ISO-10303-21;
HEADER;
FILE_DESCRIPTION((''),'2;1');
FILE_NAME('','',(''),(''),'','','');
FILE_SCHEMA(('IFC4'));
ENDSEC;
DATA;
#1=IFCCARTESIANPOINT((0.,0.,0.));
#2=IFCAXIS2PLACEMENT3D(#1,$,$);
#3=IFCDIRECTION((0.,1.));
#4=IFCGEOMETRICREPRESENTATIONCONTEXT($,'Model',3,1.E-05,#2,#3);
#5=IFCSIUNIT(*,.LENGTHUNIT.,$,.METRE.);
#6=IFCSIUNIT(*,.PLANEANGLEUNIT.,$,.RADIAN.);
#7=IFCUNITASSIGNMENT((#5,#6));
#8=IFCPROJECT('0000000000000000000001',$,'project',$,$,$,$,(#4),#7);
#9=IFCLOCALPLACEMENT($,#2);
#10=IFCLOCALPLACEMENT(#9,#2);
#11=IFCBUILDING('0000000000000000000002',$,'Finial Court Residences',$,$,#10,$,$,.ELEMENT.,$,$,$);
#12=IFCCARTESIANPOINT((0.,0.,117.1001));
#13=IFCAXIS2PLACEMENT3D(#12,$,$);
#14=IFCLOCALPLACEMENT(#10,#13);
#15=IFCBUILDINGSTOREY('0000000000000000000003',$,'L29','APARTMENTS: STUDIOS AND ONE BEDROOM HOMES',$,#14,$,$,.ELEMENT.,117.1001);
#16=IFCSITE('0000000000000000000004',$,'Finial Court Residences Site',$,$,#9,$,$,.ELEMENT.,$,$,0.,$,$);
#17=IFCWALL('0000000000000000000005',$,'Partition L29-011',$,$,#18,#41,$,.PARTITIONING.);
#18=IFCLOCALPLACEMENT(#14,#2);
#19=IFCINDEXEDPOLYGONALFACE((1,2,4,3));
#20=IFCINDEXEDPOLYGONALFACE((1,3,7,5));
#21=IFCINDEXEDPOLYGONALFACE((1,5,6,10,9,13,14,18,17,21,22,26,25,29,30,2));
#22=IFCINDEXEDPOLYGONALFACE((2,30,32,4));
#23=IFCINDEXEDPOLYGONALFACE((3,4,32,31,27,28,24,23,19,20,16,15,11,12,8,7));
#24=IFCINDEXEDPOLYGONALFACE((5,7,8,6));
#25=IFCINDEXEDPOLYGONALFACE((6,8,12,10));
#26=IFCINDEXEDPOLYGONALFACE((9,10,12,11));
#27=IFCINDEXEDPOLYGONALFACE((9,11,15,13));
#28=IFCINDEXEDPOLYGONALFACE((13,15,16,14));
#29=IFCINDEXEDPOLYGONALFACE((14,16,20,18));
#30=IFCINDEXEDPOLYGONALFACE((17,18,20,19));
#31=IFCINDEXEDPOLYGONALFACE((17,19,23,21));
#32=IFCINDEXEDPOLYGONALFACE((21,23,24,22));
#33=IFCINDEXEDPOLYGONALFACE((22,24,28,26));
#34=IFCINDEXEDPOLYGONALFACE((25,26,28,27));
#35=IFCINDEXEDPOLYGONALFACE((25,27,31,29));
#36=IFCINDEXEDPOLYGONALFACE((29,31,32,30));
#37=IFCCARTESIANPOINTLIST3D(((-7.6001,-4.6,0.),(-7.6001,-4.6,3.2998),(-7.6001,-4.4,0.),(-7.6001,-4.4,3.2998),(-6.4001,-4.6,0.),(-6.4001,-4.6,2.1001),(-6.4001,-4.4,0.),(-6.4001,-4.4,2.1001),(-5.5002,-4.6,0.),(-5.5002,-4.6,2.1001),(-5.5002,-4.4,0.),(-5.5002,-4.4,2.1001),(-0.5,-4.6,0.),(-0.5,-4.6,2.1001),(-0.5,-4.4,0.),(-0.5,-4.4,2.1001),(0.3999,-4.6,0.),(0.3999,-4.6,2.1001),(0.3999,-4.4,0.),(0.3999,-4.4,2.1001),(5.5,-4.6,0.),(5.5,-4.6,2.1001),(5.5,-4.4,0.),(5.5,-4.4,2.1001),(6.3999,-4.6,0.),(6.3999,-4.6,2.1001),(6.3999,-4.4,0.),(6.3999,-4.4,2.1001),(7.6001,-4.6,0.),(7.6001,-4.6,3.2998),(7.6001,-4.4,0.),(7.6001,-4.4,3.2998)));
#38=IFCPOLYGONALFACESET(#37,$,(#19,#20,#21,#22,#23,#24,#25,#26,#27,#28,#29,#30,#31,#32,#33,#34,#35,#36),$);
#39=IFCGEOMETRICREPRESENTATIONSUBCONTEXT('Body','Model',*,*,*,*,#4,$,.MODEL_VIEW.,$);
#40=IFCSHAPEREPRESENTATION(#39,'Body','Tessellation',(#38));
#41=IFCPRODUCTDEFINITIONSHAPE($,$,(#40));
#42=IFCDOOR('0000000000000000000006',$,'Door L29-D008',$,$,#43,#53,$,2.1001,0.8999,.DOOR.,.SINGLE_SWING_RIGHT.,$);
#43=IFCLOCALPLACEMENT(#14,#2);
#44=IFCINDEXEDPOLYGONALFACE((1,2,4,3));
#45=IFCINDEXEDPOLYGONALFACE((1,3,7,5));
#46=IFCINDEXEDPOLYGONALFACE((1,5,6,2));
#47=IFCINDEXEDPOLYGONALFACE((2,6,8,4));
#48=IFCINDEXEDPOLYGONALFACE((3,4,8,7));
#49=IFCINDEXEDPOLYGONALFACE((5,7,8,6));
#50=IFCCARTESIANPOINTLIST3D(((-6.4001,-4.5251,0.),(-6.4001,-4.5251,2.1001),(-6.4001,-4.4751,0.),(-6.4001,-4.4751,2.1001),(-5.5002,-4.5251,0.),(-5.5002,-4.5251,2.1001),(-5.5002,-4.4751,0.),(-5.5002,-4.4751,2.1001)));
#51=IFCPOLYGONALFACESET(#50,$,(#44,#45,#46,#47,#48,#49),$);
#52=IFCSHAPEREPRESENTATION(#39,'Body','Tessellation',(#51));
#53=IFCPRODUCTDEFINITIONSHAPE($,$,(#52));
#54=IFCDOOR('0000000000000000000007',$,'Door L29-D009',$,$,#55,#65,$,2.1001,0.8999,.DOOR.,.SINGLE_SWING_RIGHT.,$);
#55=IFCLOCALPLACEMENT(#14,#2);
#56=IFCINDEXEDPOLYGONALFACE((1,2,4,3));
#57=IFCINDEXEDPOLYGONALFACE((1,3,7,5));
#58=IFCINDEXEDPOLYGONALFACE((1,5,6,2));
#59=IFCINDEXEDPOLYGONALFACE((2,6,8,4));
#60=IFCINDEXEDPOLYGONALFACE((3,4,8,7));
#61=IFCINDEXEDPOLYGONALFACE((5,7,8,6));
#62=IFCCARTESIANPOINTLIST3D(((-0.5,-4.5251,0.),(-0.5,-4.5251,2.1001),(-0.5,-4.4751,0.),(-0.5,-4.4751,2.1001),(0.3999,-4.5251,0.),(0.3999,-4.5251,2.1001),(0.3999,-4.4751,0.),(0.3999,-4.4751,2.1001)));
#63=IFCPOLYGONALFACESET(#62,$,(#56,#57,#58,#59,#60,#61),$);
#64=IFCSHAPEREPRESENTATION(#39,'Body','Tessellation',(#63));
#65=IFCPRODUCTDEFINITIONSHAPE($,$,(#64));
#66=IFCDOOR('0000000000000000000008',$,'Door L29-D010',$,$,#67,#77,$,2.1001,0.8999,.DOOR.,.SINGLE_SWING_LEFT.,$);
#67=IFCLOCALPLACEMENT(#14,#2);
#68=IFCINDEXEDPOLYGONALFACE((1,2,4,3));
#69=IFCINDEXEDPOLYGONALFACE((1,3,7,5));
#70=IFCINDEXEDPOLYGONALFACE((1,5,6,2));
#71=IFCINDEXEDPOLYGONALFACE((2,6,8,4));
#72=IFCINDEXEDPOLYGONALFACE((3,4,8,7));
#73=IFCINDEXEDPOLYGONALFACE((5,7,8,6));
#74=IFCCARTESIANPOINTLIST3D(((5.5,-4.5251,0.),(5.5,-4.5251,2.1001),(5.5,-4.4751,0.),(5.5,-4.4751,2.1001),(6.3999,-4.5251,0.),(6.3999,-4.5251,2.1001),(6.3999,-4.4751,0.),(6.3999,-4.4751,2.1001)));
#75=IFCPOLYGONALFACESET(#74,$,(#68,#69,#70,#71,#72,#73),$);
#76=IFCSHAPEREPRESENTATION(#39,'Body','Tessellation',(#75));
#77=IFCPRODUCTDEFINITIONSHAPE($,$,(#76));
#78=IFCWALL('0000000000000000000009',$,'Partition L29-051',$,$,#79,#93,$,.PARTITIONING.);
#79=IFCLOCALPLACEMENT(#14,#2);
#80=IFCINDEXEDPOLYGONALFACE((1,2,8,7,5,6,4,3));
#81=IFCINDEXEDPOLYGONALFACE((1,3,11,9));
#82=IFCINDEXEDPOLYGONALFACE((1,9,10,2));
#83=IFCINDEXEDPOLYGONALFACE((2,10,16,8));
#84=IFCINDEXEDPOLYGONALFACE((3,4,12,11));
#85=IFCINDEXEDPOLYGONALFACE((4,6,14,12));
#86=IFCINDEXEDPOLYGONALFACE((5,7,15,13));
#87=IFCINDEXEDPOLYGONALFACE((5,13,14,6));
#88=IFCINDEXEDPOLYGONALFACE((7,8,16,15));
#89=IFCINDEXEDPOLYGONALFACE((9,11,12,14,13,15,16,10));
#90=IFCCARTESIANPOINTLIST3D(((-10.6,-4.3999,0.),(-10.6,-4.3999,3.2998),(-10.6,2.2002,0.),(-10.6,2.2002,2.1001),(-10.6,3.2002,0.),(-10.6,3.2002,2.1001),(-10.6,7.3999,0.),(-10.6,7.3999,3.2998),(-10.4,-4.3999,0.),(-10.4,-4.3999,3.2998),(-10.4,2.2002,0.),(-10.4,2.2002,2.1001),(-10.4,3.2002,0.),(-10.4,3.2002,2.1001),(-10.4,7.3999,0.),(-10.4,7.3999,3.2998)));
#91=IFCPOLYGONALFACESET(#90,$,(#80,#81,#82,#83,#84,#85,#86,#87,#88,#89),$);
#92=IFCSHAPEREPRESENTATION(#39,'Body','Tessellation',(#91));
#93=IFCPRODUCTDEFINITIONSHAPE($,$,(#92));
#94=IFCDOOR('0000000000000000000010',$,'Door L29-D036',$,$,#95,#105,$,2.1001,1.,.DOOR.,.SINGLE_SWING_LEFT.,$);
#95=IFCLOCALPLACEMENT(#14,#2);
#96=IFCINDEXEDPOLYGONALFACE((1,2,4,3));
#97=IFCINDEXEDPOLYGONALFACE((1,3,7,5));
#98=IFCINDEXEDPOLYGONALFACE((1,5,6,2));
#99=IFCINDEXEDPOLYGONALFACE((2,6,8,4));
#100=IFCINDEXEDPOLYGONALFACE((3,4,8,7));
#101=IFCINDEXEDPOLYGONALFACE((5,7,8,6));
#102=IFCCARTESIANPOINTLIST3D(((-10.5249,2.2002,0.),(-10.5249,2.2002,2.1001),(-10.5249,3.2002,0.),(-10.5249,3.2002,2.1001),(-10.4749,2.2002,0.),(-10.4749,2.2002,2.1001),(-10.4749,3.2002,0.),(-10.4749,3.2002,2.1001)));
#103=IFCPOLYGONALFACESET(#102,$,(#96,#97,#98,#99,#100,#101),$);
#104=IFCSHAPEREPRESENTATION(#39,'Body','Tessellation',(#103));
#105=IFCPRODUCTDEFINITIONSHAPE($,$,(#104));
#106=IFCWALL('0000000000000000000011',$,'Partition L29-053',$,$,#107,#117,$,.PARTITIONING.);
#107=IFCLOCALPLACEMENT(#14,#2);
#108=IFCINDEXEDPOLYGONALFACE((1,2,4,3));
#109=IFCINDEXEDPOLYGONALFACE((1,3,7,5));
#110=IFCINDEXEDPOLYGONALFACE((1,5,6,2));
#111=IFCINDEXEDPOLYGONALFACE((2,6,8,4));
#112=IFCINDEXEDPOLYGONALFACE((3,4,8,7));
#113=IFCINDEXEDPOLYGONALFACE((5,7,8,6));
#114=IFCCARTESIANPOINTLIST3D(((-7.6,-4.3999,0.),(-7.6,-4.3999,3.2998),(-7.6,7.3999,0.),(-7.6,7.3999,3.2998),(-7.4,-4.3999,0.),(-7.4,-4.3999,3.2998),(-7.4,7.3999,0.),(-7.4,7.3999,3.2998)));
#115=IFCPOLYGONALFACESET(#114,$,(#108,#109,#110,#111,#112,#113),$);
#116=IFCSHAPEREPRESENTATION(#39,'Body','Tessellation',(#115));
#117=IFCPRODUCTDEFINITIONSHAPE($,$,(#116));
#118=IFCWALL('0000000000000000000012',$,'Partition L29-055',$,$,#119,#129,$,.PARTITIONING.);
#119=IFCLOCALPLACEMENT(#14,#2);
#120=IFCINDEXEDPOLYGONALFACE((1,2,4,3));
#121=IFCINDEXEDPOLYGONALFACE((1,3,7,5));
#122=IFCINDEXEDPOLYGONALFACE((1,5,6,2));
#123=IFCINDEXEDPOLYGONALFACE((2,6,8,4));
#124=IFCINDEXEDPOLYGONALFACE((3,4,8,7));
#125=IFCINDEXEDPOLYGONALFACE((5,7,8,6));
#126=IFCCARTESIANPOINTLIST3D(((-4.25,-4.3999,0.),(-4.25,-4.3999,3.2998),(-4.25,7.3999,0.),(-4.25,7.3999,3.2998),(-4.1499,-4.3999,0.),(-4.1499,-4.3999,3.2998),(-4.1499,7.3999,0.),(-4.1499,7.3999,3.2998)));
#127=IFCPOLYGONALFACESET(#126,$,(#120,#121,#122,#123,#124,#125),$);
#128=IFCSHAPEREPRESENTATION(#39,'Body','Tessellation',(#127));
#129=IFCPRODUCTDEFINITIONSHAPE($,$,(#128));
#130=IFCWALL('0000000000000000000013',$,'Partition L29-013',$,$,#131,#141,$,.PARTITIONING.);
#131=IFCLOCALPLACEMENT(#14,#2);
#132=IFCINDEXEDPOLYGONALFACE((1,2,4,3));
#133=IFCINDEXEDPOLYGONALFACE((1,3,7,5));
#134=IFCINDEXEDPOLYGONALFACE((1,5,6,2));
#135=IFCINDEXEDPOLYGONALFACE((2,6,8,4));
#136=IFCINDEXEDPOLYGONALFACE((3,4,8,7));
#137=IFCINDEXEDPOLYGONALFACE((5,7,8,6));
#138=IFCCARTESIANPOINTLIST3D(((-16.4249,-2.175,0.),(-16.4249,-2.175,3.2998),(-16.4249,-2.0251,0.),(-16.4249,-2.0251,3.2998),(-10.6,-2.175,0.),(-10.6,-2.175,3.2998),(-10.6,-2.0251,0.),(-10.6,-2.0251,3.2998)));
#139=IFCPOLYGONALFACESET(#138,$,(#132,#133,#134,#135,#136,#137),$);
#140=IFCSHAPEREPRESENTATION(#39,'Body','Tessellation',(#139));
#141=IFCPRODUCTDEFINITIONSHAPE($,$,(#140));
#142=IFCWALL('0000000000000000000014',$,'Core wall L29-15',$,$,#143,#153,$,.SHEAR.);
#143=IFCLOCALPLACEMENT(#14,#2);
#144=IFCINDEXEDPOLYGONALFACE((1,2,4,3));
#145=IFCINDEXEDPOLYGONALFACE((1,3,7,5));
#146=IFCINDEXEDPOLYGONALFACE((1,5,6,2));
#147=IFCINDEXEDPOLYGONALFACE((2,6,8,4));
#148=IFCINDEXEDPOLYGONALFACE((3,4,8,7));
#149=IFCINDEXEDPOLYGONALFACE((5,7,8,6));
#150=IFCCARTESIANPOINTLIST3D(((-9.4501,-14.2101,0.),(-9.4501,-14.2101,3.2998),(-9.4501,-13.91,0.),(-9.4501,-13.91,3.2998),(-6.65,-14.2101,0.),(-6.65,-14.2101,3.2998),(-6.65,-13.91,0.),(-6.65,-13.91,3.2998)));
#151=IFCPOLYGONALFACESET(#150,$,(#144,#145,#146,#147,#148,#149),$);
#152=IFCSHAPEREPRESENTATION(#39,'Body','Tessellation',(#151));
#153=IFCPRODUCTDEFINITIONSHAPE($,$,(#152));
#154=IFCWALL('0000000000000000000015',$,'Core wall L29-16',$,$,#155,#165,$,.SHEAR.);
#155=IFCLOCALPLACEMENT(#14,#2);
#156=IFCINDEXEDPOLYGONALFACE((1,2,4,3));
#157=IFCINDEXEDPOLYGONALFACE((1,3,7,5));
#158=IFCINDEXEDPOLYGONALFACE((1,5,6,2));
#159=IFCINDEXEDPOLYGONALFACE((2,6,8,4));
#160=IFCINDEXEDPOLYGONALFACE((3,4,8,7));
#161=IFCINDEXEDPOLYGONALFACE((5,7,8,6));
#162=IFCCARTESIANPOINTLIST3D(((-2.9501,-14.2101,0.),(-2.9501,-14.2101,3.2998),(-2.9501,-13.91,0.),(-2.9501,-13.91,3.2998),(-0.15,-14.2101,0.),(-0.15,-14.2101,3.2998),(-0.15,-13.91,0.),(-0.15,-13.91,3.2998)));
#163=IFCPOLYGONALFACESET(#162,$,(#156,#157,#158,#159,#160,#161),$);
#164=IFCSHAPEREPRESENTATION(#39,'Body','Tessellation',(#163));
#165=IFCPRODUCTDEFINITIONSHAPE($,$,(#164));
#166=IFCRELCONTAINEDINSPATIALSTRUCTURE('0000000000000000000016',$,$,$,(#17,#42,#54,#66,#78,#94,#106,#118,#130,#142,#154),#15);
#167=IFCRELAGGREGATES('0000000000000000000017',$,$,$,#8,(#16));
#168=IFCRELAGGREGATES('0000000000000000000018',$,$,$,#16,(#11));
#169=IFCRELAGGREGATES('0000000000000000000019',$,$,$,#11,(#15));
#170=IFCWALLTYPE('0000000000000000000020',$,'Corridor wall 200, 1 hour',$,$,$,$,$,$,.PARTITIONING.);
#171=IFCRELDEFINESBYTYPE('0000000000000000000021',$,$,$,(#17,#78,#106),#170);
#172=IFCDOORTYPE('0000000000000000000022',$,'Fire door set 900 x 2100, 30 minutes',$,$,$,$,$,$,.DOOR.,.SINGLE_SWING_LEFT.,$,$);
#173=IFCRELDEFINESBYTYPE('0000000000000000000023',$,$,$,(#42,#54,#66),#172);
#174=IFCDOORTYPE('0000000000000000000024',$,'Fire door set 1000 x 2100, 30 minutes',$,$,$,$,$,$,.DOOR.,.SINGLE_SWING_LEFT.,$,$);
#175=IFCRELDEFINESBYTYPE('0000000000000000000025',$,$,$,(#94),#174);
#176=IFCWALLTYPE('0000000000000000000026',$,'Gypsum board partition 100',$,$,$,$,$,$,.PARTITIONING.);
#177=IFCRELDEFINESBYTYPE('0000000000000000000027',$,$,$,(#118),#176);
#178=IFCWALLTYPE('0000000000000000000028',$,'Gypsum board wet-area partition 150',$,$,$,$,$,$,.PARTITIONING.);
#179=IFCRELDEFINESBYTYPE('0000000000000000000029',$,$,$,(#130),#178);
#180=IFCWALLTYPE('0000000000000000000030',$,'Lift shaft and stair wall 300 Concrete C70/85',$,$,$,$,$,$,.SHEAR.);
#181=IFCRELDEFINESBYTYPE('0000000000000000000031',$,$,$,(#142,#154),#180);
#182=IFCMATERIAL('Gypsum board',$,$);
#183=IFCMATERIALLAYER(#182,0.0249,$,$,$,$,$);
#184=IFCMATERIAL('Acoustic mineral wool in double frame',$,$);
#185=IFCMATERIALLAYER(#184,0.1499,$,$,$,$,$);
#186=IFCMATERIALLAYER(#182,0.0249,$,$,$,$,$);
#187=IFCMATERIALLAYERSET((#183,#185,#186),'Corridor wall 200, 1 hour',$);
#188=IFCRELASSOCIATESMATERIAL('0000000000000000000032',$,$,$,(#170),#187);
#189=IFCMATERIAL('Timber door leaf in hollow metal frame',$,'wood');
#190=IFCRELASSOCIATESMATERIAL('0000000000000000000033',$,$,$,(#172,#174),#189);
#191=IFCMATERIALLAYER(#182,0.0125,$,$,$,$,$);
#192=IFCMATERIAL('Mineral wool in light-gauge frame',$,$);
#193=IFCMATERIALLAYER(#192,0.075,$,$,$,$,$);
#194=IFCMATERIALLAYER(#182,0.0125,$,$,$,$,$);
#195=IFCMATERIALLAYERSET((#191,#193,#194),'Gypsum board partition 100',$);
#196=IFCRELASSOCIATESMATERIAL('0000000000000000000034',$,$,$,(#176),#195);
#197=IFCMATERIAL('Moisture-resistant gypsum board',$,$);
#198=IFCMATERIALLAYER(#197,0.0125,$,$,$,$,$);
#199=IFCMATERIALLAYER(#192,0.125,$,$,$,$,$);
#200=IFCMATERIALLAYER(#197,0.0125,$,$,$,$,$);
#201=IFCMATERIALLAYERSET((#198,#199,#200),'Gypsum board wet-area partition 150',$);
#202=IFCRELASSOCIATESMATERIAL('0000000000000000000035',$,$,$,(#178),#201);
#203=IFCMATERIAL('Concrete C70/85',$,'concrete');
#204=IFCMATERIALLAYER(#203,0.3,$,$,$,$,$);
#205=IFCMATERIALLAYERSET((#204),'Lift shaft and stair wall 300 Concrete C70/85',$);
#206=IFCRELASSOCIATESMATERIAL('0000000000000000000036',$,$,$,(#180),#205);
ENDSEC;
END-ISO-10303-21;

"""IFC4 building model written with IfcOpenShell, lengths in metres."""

from ifc_helpers import new_model, si_unit, direction, frame, frame_2d, origin, place, context, subcontext, project, spatial, rectangle, extrude, material, layer, layer_set, type_object, element, fill, save


model = new_model("IFC4")

# Units and contexts
model_context = context("Model", 3, precision=1e-05, world=origin(), true_north=direction((0.0, 1.0)))
body_context = subcontext(model_context, "Body", "Model", "MODEL_VIEW")
ifc_project = project(units=[si_unit("LENGTHUNIT", "METRE"), si_unit("PLANEANGLEUNIT", "RADIAN")], contexts=[model_context])

# Site, building, storey
site_placement = place(None, origin())
site = spatial("IfcSite", under=ifc_project, at=site_placement, Name="Finial Court Residences Site", CompositionType="ELEMENT", RefElevation=0.0)
building_placement = place(site_placement, origin())
building = spatial("IfcBuilding", under=site, at=building_placement, Name="Finial Court Residences", CompositionType="ELEMENT")
storey_placement = place(building_placement, frame((0.0, 0.0, 117.1001)))
storey = spatial("IfcBuildingStorey", under=building, at=storey_placement, Name="L29", Description="APARTMENTS: STUDIOS AND ONE BEDROOM HOMES", CompositionType="ELEMENT", Elevation=117.1001)

# Shared definitions
ifc_material_1 = material(Name="Concrete C70/85", Category="concrete")

# Wall, openings, doors
ifc_material_2 = material(Name="Gypsum board")
ifc_layer_1 = layer(ifc_material_2, 0.0249)
ifc_material_3 = material(Name="Acoustic mineral wool in double frame")
ifc_layer_2 = layer(ifc_material_3, 0.1499)
ifc_layer_3 = layer(ifc_material_2, 0.0249)
ifc_layer_set_1 = layer_set([ifc_layer_1, ifc_layer_2, ifc_layer_3], Name="Corridor wall 200, 1 hour")
wall_type_1 = type_object("IfcWallType", Name="Corridor wall 200, 1 hour", PredefinedType="PARTITIONING", material=ifc_layer_set_1)
wall_1_placement = place(storey_placement, frame((-7.6001, -4.5, 0.0), z_axis=(0.0, 0.0, 1.0), x_axis=(1.0, 0.0, 0.0)))
wall_1 = element("IfcWall", 1, at=wall_1_placement, inside=storey, type_object=wall_type_1, Name="Partition L29-011", PredefinedType="PARTITIONING", context=body_context, shape_type="SweptSolid", body=[
    extrude(rectangle(XDim=15.2002, YDim=0.2, at=frame_2d((7.6001, 0.0))), origin(), (0.0, 0.0, 1.0), 3.2998),
])
opening_1_placement = place(wall_1_placement, frame((1.2, 0.0, 0.0)))
opening_1 = element("IfcOpeningElement", 2, at=opening_1_placement, cuts=wall_1, PredefinedType="OPENING", context=body_context, shape_type="SweptSolid", body=[
    extrude(rectangle(XDim=0.8999, YDim=2.1001, at=frame_2d((0.45, 1.05))), frame((0.0, 0.1099, 0.0), z_axis=(0.0, -1.0, 0.0), x_axis=(1.0, 0.0, 0.0)), (0.0, 0.0, 1.0), 0.22),
])
opening_2_placement = place(wall_1_placement, frame((7.1001, 0.0, 0.0)))
opening_2 = element("IfcOpeningElement", 3, at=opening_2_placement, cuts=wall_1, PredefinedType="OPENING", context=body_context, shape_type="SweptSolid", body=[
    extrude(rectangle(XDim=0.8999, YDim=2.1001, at=frame_2d((0.45, 1.05))), frame((0.0, 0.1099, 0.0), z_axis=(0.0, -1.0, 0.0), x_axis=(1.0, 0.0, 0.0)), (0.0, 0.0, 1.0), 0.22),
])
opening_3_placement = place(wall_1_placement, frame((13.1001, 0.0, 0.0)))
opening_3 = element("IfcOpeningElement", 4, at=opening_3_placement, cuts=wall_1, PredefinedType="OPENING", context=body_context, shape_type="SweptSolid", body=[
    extrude(rectangle(XDim=0.8999, YDim=2.1001, at=frame_2d((0.45, 1.05))), frame((0.0, 0.1099, 0.0), z_axis=(0.0, -1.0, 0.0), x_axis=(1.0, 0.0, 0.0)), (0.0, 0.0, 1.0), 0.22),
])
ifc_material_4 = material(Name="Timber door leaf in hollow metal frame", Category="wood")
door_type_1 = type_object("IfcDoorType", Name="Fire door set 900 x 2100, 30 minutes", OperationType="SINGLE_SWING_LEFT", PredefinedType="DOOR", material=ifc_material_4)
door_1_placement = place(opening_1_placement, origin())
door_1 = element("IfcDoor", 5, at=door_1_placement, inside=storey, type_object=door_type_1, Name="Door L29-D008", OperationType="SINGLE_SWING_RIGHT", OverallHeight=2.1001, OverallWidth=0.8999, PredefinedType="DOOR", context=body_context, shape_type="SweptSolid", body=[
    extrude(rectangle(XDim=0.8999, YDim=2.1001, at=frame_2d((0.45, 1.05))), frame((0.0, 0.0249, 0.0), z_axis=(0.0, -1.0, 0.0), x_axis=(1.0, 0.0, 0.0)), (0.0, 0.0, 1.0), 0.05),
])
fill(opening_1, door_1)
door_2_placement = place(opening_2_placement, origin())
door_2 = element("IfcDoor", 6, at=door_2_placement, inside=storey, type_object=door_type_1, Name="Door L29-D009", OperationType="SINGLE_SWING_RIGHT", OverallHeight=2.1001, OverallWidth=0.8999, PredefinedType="DOOR", context=body_context, shape_type="SweptSolid", body=[
    extrude(rectangle(XDim=0.8999, YDim=2.1001, at=frame_2d((0.45, 1.05))), frame((0.0, 0.0249, 0.0), z_axis=(0.0, -1.0, 0.0), x_axis=(1.0, 0.0, 0.0)), (0.0, 0.0, 1.0), 0.05),
])
fill(opening_2, door_2)
door_3_placement = place(opening_3_placement, origin())
door_3 = element("IfcDoor", 7, at=door_3_placement, inside=storey, type_object=door_type_1, Name="Door L29-D010", OperationType="SINGLE_SWING_LEFT", OverallHeight=2.1001, OverallWidth=0.8999, PredefinedType="DOOR", context=body_context, shape_type="SweptSolid", body=[
    extrude(rectangle(XDim=0.8999, YDim=2.1001, at=frame_2d((0.45, 1.05))), frame((0.0, 0.0249, 0.0), z_axis=(0.0, -1.0, 0.0), x_axis=(1.0, 0.0, 0.0)), (0.0, 0.0, 1.0), 0.05),
])
fill(opening_3, door_3)

# Wall, opening, door
wall_2_placement = place(storey_placement, frame((-10.5, -4.3999, 0.0), z_axis=(0.0, 0.0, 1.0), x_axis=(0.0, 1.0, 0.0)))
wall_2 = element("IfcWall", 8, at=wall_2_placement, inside=storey, type_object=wall_type_1, Name="Partition L29-051", PredefinedType="PARTITIONING", context=body_context, shape_type="SweptSolid", body=[
    extrude(rectangle(XDim=11.7998, YDim=0.2, at=frame_2d((5.8999, 0.0))), origin(), (0.0, 0.0, 1.0), 3.2998),
])
opening_4_placement = place(wall_2_placement, frame((6.6001, 0.0, 0.0)))
opening_4 = element("IfcOpeningElement", 9, at=opening_4_placement, cuts=wall_2, PredefinedType="OPENING", context=body_context, shape_type="SweptSolid", body=[
    extrude(rectangle(XDim=1.0, YDim=2.1001, at=frame_2d((0.5, 1.05))), frame((0.0, 0.1099, 0.0), z_axis=(0.0, -1.0, 0.0), x_axis=(1.0, 0.0, 0.0)), (0.0, 0.0, 1.0), 0.22),
])
door_type_2 = type_object("IfcDoorType", Name="Fire door set 1000 x 2100, 30 minutes", OperationType="SINGLE_SWING_LEFT", PredefinedType="DOOR", material=ifc_material_4)
door_4_placement = place(opening_4_placement, origin())
door_4 = element("IfcDoor", 10, at=door_4_placement, inside=storey, type_object=door_type_2, Name="Door L29-D036", OperationType="SINGLE_SWING_LEFT", OverallHeight=2.1001, OverallWidth=1.0, PredefinedType="DOOR", context=body_context, shape_type="SweptSolid", body=[
    extrude(rectangle(XDim=1.0, YDim=2.1001, at=frame_2d((0.5, 1.05))), frame((0.0, 0.0249, 0.0), z_axis=(0.0, -1.0, 0.0), x_axis=(1.0, 0.0, 0.0)), (0.0, 0.0, 1.0), 0.05),
])
fill(opening_4, door_4)

# Walls
wall_3_placement = place(storey_placement, frame((-7.5, -4.3999, 0.0), z_axis=(0.0, 0.0, 1.0), x_axis=(0.0, 1.0, 0.0)))
element("IfcWall", 11, at=wall_3_placement, inside=storey, type_object=wall_type_1, Name="Partition L29-053", PredefinedType="PARTITIONING", context=body_context, shape_type="SweptSolid", body=[
    extrude(rectangle(XDim=11.7998, YDim=0.2, at=frame_2d((5.8999, 0.0))), origin(), (0.0, 0.0, 1.0), 3.2998),
])
ifc_layer_4 = layer(ifc_material_2, 0.0125)
ifc_material_5 = material(Name="Mineral wool in light-gauge frame")
ifc_layer_5 = layer(ifc_material_5, 0.075)
ifc_layer_6 = layer(ifc_material_2, 0.0125)
ifc_layer_set_2 = layer_set([ifc_layer_4, ifc_layer_5, ifc_layer_6], Name="Gypsum board partition 100")
wall_type_2 = type_object("IfcWallType", Name="Gypsum board partition 100", PredefinedType="PARTITIONING", material=ifc_layer_set_2)
wall_4_placement = place(storey_placement, frame((-4.2, -4.3999, 0.0), z_axis=(0.0, 0.0, 1.0), x_axis=(0.0, 1.0, 0.0)))
element("IfcWall", 12, at=wall_4_placement, inside=storey, type_object=wall_type_2, Name="Partition L29-055", PredefinedType="PARTITIONING", context=body_context, shape_type="SweptSolid", body=[
    extrude(rectangle(XDim=11.7998, YDim=0.1001, at=frame_2d((5.8999, 0.0))), origin(), (0.0, 0.0, 1.0), 3.2998),
])
ifc_material_6 = material(Name="Moisture-resistant gypsum board")
ifc_layer_7 = layer(ifc_material_6, 0.0125)
ifc_layer_8 = layer(ifc_material_5, 0.125)
ifc_layer_9 = layer(ifc_material_6, 0.0125)
ifc_layer_set_3 = layer_set([ifc_layer_7, ifc_layer_8, ifc_layer_9], Name="Gypsum board wet-area partition 150")
wall_type_3 = type_object("IfcWallType", Name="Gypsum board wet-area partition 150", PredefinedType="PARTITIONING", material=ifc_layer_set_3)
wall_5_placement = place(storey_placement, frame((-16.425, -2.1001, 0.0), z_axis=(0.0, 0.0, 1.0), x_axis=(1.0, 0.0, 0.0)))
element("IfcWall", 13, at=wall_5_placement, inside=storey, type_object=wall_type_3, Name="Partition L29-013", PredefinedType="PARTITIONING", context=body_context, shape_type="SweptSolid", body=[
    extrude(rectangle(XDim=5.825, YDim=0.1499, at=frame_2d((2.9126, 0.0))), origin(), (0.0, 0.0, 1.0), 3.2998),
])
ifc_layer_10 = layer(ifc_material_1, 0.3)
ifc_layer_set_4 = layer_set([ifc_layer_10], Name="Lift shaft and stair wall 300 Concrete C70/85")
wall_type_4 = type_object("IfcWallType", Name="Lift shaft and stair wall 300 Concrete C70/85", PredefinedType="SHEAR", material=ifc_layer_set_4)
for number, where, z_axis, x_axis, name in (
    (14, (-9.45, -14.0601, 0.0), (0.0, 0.0, 1.0), (1.0, 0.0, 0.0), "Core wall L29-15"),
    (15, (-2.95, -14.0601, 0.0), (0.0, 0.0, 1.0), (1.0, 0.0, 0.0), "Core wall L29-16"),
):
    element("IfcWall", number, at=place(storey_placement, frame(where, z_axis=z_axis, x_axis=x_axis)), inside=storey, type_object=wall_type_4, Name=name, PredefinedType="SHEAR", context=body_context, shape_type="SweptSolid", body=[
        extrude(rectangle(XDim=2.8, YDim=0.3, at=frame_2d((1.3999, 0.0))), origin(), (0.0, 0.0, 1.0), 3.2998),
    ])

save(model, "model.ifc")
